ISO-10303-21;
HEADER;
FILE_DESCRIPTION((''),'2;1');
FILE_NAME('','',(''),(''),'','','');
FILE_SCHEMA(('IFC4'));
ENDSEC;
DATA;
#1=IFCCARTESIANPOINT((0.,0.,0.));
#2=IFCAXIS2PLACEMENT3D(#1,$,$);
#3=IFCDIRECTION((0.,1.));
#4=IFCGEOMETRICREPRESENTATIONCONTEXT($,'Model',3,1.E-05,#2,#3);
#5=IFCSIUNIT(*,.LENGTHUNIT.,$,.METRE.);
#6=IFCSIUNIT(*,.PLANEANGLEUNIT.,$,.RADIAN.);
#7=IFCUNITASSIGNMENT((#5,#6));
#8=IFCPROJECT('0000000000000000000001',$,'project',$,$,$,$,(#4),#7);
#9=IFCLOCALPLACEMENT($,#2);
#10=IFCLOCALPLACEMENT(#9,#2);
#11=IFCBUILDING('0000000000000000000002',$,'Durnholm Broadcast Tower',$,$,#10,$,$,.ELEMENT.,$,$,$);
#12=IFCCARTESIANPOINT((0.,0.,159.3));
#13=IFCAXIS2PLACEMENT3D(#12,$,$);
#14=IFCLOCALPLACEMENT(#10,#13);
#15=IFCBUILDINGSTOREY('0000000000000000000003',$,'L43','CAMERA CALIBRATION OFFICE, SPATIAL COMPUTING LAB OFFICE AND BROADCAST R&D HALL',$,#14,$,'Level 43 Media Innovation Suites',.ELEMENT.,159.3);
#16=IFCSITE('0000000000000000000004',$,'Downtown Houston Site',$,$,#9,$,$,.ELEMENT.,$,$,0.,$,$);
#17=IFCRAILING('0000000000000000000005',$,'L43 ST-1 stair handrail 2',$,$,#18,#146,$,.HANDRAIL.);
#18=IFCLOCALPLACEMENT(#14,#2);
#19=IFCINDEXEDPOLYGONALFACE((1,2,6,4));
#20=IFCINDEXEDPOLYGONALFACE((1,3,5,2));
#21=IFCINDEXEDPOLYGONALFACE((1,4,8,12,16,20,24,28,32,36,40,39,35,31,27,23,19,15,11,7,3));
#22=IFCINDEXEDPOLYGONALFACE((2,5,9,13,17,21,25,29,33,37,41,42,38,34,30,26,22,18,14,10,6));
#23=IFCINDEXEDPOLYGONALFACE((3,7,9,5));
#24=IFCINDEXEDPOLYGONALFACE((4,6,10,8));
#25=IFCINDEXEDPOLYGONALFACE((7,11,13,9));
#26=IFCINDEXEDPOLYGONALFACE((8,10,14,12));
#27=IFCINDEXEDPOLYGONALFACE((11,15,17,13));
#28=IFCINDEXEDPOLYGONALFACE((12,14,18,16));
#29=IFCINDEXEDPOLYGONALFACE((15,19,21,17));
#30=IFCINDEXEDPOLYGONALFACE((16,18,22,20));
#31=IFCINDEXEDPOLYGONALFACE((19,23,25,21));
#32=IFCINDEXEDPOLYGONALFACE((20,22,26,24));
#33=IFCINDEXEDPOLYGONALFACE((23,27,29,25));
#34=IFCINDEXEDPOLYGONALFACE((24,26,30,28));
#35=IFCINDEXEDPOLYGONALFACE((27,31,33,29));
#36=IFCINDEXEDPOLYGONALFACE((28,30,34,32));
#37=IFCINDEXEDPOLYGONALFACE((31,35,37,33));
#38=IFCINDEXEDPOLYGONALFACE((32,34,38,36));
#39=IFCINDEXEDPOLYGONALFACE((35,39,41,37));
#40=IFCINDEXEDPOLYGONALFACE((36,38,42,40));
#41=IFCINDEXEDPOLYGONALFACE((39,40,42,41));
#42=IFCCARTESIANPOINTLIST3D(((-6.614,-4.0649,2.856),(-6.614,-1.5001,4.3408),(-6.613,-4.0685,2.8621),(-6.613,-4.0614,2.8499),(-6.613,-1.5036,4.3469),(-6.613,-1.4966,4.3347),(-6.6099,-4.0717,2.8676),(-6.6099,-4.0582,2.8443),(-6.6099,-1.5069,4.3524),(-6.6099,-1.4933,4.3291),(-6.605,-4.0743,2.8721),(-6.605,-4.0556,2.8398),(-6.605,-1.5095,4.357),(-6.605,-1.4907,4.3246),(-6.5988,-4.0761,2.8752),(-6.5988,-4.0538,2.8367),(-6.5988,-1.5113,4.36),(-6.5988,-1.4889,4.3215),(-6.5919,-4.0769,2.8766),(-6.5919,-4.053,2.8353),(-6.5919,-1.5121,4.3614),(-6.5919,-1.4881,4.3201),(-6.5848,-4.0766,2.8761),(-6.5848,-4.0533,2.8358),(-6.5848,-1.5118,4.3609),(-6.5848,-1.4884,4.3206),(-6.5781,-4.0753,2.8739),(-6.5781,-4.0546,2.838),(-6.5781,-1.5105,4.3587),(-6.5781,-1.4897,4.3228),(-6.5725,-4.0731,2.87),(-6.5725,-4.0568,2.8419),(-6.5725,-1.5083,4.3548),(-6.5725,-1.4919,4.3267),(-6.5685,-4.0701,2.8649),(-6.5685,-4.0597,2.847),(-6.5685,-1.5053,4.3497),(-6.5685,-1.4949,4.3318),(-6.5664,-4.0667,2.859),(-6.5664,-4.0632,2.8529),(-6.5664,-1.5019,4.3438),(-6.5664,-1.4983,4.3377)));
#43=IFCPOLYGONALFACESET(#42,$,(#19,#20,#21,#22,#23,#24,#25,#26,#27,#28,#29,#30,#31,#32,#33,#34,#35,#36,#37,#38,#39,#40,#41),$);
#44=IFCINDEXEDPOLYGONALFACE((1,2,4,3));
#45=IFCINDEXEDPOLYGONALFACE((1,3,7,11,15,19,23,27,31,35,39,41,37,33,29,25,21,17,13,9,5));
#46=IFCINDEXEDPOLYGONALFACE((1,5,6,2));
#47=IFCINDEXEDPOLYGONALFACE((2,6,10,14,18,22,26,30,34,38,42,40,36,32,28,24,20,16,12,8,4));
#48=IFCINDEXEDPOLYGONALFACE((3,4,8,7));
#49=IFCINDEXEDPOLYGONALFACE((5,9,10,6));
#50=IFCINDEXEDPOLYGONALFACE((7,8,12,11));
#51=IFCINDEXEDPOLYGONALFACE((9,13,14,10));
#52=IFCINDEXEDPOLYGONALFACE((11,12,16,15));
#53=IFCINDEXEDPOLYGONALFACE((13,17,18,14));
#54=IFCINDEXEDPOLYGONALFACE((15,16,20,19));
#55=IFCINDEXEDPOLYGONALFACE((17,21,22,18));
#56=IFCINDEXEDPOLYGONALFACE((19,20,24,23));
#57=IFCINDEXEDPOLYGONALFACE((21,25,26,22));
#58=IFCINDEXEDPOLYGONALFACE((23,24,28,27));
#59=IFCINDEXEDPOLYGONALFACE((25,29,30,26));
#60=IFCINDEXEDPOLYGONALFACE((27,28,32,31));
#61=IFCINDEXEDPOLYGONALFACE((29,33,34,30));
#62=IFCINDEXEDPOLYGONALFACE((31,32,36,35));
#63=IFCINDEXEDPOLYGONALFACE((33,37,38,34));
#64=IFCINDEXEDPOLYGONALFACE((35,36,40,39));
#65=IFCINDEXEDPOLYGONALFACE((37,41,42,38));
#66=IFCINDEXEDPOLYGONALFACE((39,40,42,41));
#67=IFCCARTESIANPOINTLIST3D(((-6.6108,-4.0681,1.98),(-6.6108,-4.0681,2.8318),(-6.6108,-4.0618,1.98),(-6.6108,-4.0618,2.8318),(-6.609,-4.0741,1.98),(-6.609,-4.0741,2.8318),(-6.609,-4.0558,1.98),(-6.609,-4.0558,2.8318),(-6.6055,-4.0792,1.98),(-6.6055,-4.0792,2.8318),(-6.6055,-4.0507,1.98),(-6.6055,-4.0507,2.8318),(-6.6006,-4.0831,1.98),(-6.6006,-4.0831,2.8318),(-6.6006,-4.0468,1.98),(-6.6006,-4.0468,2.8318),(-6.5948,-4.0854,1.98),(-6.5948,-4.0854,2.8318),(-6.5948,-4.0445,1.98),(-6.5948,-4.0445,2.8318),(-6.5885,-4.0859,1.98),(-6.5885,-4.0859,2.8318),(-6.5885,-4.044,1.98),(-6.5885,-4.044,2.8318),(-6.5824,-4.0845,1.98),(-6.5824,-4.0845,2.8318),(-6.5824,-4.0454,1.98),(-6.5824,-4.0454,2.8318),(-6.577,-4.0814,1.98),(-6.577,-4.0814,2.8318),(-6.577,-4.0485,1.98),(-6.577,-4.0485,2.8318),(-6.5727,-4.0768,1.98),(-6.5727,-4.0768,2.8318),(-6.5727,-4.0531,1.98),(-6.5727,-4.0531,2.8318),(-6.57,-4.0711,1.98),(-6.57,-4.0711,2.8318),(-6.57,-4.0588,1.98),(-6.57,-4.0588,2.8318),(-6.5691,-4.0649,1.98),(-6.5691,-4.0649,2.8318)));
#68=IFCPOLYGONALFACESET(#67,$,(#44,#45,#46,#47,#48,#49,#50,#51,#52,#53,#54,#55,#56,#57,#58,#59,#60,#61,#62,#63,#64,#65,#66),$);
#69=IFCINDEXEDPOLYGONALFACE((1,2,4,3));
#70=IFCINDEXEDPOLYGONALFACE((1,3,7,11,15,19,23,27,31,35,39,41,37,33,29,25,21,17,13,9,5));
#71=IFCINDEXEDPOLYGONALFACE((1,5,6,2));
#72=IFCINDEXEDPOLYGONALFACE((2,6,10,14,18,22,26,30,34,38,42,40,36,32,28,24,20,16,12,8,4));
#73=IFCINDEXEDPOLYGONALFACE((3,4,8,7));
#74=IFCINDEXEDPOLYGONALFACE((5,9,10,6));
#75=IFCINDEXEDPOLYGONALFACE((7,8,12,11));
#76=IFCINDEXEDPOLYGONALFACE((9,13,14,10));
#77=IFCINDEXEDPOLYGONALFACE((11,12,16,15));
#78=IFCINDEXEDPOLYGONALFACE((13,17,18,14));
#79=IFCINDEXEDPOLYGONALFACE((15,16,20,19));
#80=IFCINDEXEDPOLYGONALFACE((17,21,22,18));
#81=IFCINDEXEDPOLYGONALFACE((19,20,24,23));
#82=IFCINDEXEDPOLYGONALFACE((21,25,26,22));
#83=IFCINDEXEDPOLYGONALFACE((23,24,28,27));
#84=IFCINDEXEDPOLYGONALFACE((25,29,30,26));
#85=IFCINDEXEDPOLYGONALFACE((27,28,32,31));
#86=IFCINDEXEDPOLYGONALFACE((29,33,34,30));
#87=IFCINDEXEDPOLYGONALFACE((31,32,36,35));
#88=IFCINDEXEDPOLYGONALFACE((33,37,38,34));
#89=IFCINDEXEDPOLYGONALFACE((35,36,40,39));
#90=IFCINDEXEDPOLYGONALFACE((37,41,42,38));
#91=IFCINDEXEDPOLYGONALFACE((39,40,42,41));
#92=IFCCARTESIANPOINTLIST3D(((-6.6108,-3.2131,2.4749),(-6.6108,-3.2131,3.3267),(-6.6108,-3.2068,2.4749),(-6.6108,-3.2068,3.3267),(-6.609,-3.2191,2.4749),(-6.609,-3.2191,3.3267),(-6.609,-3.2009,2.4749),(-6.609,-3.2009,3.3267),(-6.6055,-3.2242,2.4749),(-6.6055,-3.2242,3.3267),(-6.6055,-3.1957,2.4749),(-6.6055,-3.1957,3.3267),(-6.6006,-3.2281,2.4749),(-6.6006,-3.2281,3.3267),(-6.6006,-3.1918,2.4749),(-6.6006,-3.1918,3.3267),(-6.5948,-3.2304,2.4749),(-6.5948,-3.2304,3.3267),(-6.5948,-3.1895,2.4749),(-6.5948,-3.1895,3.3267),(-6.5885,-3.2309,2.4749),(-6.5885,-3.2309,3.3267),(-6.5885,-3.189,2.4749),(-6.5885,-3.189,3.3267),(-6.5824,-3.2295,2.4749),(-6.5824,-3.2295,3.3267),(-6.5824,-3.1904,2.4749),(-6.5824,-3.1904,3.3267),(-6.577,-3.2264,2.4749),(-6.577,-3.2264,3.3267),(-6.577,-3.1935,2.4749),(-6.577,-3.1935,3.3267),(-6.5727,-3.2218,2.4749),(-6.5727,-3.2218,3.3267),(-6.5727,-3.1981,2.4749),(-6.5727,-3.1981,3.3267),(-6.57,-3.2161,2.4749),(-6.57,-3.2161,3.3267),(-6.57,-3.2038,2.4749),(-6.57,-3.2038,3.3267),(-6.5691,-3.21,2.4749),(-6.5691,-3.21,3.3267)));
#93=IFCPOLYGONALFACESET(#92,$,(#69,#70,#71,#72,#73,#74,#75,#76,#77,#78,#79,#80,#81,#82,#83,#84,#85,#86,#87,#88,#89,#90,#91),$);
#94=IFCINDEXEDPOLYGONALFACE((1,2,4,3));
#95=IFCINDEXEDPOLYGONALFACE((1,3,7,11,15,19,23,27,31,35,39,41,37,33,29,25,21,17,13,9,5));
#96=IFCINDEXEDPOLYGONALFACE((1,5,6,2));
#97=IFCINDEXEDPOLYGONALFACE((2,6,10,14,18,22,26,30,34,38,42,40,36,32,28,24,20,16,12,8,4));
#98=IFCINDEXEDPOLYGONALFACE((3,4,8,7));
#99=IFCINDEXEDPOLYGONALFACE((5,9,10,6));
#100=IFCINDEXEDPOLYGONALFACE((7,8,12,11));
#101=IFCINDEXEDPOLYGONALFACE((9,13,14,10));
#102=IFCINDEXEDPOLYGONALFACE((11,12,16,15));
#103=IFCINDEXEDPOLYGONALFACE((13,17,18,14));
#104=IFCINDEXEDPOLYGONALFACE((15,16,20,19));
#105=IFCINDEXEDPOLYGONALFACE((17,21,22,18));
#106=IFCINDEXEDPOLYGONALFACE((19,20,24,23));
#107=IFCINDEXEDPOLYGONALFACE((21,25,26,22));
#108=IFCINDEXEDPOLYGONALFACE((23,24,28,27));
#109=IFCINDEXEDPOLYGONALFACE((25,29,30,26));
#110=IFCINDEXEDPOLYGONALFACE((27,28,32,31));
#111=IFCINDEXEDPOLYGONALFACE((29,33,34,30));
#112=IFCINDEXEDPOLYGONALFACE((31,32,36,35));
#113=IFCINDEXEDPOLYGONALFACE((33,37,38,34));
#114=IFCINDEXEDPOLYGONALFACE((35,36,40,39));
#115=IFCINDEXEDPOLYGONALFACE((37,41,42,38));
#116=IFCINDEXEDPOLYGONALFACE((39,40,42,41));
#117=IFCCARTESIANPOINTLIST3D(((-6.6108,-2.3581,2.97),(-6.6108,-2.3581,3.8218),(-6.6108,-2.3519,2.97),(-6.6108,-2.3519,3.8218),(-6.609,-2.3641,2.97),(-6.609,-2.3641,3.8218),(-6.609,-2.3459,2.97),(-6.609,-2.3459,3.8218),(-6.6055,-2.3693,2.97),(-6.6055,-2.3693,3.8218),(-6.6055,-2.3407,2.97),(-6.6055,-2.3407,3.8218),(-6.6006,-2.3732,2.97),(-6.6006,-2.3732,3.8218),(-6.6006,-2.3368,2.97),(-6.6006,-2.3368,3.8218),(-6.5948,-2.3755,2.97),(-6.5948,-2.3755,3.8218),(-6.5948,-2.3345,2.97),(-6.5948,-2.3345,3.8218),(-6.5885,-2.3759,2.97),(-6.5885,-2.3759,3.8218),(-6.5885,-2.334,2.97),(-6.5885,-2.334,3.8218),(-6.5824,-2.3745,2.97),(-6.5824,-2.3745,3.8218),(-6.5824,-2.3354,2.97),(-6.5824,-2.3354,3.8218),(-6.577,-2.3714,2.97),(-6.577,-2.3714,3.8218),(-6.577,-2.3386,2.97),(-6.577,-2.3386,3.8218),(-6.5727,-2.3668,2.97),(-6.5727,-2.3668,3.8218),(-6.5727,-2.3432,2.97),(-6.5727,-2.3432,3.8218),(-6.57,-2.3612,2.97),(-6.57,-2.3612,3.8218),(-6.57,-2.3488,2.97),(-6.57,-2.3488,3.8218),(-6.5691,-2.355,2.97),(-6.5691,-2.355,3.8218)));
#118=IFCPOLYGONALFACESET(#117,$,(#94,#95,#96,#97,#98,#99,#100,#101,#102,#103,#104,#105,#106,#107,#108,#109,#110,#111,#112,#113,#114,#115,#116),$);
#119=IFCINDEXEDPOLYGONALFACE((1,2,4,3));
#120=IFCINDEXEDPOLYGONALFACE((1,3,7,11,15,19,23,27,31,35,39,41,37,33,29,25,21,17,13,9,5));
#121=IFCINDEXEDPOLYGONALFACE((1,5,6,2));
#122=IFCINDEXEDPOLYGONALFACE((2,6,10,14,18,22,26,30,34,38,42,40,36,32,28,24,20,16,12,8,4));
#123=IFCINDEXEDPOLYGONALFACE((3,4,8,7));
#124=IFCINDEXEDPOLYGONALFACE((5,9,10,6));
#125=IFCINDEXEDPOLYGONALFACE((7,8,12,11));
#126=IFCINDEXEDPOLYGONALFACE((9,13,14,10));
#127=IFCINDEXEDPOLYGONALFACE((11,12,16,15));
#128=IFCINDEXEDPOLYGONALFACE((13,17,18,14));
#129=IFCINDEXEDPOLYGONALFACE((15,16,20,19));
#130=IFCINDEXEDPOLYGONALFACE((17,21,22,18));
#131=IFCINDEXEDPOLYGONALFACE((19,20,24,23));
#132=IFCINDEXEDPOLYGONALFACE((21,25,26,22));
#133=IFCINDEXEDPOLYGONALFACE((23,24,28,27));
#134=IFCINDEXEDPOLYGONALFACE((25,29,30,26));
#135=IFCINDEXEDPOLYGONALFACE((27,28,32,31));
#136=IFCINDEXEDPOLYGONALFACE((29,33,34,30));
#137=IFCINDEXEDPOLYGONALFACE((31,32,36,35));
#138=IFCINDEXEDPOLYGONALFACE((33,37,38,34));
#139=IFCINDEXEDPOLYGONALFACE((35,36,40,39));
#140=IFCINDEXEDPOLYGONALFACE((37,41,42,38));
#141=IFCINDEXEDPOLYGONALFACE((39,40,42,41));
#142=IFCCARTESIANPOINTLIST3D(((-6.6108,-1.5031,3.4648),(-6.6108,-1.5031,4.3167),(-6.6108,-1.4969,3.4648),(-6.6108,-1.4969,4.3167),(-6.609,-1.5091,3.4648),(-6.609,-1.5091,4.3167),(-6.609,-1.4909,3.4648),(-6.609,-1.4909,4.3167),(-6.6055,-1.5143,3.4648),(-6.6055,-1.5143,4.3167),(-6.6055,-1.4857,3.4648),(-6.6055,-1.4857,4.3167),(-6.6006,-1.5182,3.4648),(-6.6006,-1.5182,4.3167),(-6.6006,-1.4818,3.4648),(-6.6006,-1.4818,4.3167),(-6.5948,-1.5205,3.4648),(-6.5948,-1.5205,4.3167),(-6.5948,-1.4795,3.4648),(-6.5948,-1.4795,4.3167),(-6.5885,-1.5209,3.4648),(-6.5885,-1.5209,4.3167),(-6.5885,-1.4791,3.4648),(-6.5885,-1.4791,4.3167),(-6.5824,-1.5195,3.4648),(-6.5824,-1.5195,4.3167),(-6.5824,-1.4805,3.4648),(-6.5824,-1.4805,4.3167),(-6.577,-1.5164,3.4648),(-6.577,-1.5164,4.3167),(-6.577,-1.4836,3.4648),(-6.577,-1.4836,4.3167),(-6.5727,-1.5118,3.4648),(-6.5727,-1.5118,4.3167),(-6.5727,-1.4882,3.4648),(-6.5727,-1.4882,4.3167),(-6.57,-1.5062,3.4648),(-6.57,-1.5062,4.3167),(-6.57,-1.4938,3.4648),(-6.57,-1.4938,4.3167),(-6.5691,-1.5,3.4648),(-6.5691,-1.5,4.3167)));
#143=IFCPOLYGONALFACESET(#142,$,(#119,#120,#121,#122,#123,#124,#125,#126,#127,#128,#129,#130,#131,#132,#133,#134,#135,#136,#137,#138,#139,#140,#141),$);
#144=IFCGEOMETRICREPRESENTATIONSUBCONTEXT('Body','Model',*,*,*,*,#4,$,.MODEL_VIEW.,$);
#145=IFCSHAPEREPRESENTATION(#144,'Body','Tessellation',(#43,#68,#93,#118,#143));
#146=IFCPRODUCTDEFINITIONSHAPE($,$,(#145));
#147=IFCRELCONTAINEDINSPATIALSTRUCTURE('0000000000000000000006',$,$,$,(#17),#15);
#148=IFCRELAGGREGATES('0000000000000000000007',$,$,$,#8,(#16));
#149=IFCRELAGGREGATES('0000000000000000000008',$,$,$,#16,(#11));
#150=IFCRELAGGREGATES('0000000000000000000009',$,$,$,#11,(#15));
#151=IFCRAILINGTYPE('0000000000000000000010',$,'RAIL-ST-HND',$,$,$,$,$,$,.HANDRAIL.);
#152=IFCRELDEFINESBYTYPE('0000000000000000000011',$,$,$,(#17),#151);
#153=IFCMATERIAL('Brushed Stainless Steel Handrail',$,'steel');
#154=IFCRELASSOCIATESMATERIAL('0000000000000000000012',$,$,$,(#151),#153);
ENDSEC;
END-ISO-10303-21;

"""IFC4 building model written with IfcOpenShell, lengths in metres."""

from ifc_helpers import new_model, si_unit, direction, frame, origin, origin_2d, place, context, subcontext, project, spatial, circle, extrude, material, type_object, element, save


model = new_model("IFC4")

# Units and contexts
model_context = context("Model", 3, precision=1e-05, world=origin(), true_north=direction((0.0, 1.0)))
body_context = subcontext(model_context, "Body", "Model", "MODEL_VIEW")
ifc_project = project(units=[si_unit("LENGTHUNIT", "METRE"), si_unit("PLANEANGLEUNIT", "RADIAN")], contexts=[model_context])

# Site, building, storey
site_placement = place(None, origin())
site = spatial("IfcSite", under=ifc_project, at=site_placement, Name="Downtown Houston Site", CompositionType="ELEMENT", RefElevation=0.0)
building_placement = place(site_placement, origin())
building = spatial("IfcBuilding", under=site, at=building_placement, Name="Durnholm Broadcast Tower", CompositionType="ELEMENT")
storey_placement = place(building_placement, frame((0.0, 0.0, 159.3)))
storey = spatial("IfcBuildingStorey", under=building, at=storey_placement, Name="L43", Description="CAMERA CALIBRATION OFFICE, SPATIAL COMPUTING LAB OFFICE AND BROADCAST R&D HALL", LongName="Level 43 Media Innovation Suites", CompositionType="ELEMENT", Elevation=159.3)

# Railing
ifc_material_1 = material(Name="Brushed Stainless Steel Handrail", Category="steel")
railing_type_1 = type_object("IfcRailingType", Name="RAIL-ST-HND", PredefinedType="HANDRAIL", material=ifc_material_1)
railing_1_placement = place(storey_placement, frame((-6.5901, -4.0649, 1.98)))
element("IfcRailing", 1, at=railing_1_placement, inside=storey, type_object=railing_type_1, Name="L43 ST-1 stair handrail 2", PredefinedType="HANDRAIL", context=body_context, shape_type="SweptSolid", body=[
    extrude(circle(Radius=0.0239, at=origin_2d()), frame((0.0, 0.0, 0.876), z_axis=(0.0, 0.865441, 0.50101), x_axis=(-1.0, 0.0, 0.0)), (0.0, 0.0, 1.0), 2.9636),
    extrude(circle(Radius=0.021, at=origin_2d()), origin(), (0.0, 0.0, 1.0), 0.8518),
    extrude(circle(Radius=0.021, at=origin_2d()), frame((0.0, 0.855, 0.4949)), (0.0, 0.0, 1.0), 0.8518),
    extrude(circle(Radius=0.021, at=origin_2d()), frame((0.0, 1.71, 0.99)), (0.0, 0.0, 1.0), 0.8518),
    extrude(circle(Radius=0.021, at=origin_2d()), frame((0.0, 2.5649, 1.4849)), (0.0, 0.0, 1.0), 0.8518),
])

save(model, "model.ifc")
